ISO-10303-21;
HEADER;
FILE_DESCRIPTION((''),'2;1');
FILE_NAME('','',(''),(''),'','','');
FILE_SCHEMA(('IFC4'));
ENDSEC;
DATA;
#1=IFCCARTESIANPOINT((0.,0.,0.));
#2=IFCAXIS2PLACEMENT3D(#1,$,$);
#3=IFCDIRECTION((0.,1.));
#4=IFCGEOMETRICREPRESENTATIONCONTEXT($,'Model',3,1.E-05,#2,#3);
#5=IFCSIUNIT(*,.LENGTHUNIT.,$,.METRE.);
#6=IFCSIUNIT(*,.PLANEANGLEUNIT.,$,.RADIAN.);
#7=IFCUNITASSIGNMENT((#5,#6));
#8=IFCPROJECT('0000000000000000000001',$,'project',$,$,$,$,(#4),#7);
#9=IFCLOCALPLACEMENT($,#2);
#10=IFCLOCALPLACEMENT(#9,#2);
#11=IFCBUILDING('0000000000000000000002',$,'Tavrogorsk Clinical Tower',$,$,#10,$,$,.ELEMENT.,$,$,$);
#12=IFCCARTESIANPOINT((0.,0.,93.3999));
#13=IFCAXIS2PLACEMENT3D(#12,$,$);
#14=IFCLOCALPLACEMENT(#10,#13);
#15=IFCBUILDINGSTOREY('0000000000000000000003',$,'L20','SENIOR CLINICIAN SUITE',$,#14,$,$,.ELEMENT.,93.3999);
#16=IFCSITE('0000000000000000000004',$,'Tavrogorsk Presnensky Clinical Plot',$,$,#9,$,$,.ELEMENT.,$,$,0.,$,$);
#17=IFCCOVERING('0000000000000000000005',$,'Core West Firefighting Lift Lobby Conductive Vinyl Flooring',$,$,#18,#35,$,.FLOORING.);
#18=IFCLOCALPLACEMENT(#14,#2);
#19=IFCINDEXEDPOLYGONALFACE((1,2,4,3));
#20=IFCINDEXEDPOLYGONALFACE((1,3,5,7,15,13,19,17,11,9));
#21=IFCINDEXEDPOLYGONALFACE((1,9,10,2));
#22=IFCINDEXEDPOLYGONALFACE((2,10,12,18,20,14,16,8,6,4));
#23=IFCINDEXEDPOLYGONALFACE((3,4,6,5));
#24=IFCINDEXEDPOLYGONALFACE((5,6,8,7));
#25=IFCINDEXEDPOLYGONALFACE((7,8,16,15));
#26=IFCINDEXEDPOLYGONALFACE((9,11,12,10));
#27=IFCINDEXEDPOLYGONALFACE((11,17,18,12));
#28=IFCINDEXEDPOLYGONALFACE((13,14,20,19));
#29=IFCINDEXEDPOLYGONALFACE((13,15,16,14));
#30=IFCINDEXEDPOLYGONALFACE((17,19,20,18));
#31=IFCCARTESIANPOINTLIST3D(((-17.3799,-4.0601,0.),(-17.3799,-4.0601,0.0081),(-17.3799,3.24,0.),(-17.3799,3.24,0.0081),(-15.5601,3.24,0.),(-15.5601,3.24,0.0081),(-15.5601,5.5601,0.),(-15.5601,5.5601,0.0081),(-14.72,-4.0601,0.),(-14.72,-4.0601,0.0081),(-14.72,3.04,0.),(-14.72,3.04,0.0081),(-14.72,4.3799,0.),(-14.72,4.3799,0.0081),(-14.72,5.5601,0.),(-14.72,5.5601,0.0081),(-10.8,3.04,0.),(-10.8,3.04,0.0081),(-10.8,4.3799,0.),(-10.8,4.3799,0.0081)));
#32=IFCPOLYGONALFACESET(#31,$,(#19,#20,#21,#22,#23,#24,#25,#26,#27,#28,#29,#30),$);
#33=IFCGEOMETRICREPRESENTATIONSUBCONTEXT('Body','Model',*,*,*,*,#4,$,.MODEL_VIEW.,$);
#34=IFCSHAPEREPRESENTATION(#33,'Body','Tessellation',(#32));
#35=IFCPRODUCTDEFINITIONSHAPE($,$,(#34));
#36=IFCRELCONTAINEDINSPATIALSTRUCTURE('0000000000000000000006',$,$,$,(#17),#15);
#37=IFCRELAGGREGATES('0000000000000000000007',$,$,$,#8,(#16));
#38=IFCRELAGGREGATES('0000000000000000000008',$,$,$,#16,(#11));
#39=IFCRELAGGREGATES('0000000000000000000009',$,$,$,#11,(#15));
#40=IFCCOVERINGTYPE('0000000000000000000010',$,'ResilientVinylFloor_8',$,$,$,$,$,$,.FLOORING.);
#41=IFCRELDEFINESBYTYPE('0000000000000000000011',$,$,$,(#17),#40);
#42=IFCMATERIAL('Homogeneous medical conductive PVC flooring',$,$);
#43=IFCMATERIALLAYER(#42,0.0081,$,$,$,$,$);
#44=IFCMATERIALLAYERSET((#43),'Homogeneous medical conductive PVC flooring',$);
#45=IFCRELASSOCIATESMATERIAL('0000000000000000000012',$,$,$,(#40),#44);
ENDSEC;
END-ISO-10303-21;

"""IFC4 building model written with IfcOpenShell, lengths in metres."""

from ifc_helpers import new_model, si_unit, direction, frame, origin, place, context, subcontext, project, spatial, polyline, outline, extrude, material, layer, layer_set, type_object, element, save


model = new_model("IFC4")

# Units and contexts
model_context = context("Model", 3, precision=1e-05, world=origin(), true_north=direction((0.0, 1.0)))
body_context = subcontext(model_context, "Body", "Model", "MODEL_VIEW")
ifc_project = project(units=[si_unit("LENGTHUNIT", "METRE"), si_unit("PLANEANGLEUNIT", "RADIAN")], contexts=[model_context])

# Site, building, storey
site_placement = place(None, origin())
site = spatial("IfcSite", under=ifc_project, at=site_placement, Name="Tavrogorsk Presnensky Clinical Plot", CompositionType="ELEMENT", RefElevation=0.0)
building_placement = place(site_placement, origin())
building = spatial("IfcBuilding", under=site, at=building_placement, Name="Tavrogorsk Clinical Tower", CompositionType="ELEMENT")
storey_placement = place(building_placement, frame((0.0, 0.0, 93.3999)))
storey = spatial("IfcBuildingStorey", under=building, at=storey_placement, Name="L20", Description="SENIOR CLINICIAN SUITE", CompositionType="ELEMENT", Elevation=93.3999)

# Covering
ifc_material_1 = material(Name="Homogeneous medical conductive PVC flooring")
ifc_layer_1 = layer(ifc_material_1, 0.0081)
ifc_layer_set_1 = layer_set([ifc_layer_1], Name="Homogeneous medical conductive PVC flooring")
covering_type_1 = type_object("IfcCoveringType", Name="ResilientVinylFloor_8", PredefinedType="FLOORING", material=ifc_layer_set_1)
covering_1_placement = place(storey_placement, origin())
element("IfcCovering", 1, at=covering_1_placement, inside=storey, type_object=covering_type_1, Name="Core West Firefighting Lift Lobby Conductive Vinyl Flooring", PredefinedType="FLOORING", context=body_context, shape_type="SweptSolid", body=[
    extrude(outline(polyline([(-14.72, 4.3799), (-10.8, 4.3799), (-10.8, 3.04), (-14.72, 3.04), (-14.72, -4.0601), (-17.3799, -4.0601), (-17.3799, 3.24), (-15.5601, 3.24), (-15.5601, 5.5601), (-14.72, 5.5601), (-14.72, 4.3799)])), origin(), (0.0, 0.0, 1.0), 0.0081),
])

save(model, "model.ifc")
